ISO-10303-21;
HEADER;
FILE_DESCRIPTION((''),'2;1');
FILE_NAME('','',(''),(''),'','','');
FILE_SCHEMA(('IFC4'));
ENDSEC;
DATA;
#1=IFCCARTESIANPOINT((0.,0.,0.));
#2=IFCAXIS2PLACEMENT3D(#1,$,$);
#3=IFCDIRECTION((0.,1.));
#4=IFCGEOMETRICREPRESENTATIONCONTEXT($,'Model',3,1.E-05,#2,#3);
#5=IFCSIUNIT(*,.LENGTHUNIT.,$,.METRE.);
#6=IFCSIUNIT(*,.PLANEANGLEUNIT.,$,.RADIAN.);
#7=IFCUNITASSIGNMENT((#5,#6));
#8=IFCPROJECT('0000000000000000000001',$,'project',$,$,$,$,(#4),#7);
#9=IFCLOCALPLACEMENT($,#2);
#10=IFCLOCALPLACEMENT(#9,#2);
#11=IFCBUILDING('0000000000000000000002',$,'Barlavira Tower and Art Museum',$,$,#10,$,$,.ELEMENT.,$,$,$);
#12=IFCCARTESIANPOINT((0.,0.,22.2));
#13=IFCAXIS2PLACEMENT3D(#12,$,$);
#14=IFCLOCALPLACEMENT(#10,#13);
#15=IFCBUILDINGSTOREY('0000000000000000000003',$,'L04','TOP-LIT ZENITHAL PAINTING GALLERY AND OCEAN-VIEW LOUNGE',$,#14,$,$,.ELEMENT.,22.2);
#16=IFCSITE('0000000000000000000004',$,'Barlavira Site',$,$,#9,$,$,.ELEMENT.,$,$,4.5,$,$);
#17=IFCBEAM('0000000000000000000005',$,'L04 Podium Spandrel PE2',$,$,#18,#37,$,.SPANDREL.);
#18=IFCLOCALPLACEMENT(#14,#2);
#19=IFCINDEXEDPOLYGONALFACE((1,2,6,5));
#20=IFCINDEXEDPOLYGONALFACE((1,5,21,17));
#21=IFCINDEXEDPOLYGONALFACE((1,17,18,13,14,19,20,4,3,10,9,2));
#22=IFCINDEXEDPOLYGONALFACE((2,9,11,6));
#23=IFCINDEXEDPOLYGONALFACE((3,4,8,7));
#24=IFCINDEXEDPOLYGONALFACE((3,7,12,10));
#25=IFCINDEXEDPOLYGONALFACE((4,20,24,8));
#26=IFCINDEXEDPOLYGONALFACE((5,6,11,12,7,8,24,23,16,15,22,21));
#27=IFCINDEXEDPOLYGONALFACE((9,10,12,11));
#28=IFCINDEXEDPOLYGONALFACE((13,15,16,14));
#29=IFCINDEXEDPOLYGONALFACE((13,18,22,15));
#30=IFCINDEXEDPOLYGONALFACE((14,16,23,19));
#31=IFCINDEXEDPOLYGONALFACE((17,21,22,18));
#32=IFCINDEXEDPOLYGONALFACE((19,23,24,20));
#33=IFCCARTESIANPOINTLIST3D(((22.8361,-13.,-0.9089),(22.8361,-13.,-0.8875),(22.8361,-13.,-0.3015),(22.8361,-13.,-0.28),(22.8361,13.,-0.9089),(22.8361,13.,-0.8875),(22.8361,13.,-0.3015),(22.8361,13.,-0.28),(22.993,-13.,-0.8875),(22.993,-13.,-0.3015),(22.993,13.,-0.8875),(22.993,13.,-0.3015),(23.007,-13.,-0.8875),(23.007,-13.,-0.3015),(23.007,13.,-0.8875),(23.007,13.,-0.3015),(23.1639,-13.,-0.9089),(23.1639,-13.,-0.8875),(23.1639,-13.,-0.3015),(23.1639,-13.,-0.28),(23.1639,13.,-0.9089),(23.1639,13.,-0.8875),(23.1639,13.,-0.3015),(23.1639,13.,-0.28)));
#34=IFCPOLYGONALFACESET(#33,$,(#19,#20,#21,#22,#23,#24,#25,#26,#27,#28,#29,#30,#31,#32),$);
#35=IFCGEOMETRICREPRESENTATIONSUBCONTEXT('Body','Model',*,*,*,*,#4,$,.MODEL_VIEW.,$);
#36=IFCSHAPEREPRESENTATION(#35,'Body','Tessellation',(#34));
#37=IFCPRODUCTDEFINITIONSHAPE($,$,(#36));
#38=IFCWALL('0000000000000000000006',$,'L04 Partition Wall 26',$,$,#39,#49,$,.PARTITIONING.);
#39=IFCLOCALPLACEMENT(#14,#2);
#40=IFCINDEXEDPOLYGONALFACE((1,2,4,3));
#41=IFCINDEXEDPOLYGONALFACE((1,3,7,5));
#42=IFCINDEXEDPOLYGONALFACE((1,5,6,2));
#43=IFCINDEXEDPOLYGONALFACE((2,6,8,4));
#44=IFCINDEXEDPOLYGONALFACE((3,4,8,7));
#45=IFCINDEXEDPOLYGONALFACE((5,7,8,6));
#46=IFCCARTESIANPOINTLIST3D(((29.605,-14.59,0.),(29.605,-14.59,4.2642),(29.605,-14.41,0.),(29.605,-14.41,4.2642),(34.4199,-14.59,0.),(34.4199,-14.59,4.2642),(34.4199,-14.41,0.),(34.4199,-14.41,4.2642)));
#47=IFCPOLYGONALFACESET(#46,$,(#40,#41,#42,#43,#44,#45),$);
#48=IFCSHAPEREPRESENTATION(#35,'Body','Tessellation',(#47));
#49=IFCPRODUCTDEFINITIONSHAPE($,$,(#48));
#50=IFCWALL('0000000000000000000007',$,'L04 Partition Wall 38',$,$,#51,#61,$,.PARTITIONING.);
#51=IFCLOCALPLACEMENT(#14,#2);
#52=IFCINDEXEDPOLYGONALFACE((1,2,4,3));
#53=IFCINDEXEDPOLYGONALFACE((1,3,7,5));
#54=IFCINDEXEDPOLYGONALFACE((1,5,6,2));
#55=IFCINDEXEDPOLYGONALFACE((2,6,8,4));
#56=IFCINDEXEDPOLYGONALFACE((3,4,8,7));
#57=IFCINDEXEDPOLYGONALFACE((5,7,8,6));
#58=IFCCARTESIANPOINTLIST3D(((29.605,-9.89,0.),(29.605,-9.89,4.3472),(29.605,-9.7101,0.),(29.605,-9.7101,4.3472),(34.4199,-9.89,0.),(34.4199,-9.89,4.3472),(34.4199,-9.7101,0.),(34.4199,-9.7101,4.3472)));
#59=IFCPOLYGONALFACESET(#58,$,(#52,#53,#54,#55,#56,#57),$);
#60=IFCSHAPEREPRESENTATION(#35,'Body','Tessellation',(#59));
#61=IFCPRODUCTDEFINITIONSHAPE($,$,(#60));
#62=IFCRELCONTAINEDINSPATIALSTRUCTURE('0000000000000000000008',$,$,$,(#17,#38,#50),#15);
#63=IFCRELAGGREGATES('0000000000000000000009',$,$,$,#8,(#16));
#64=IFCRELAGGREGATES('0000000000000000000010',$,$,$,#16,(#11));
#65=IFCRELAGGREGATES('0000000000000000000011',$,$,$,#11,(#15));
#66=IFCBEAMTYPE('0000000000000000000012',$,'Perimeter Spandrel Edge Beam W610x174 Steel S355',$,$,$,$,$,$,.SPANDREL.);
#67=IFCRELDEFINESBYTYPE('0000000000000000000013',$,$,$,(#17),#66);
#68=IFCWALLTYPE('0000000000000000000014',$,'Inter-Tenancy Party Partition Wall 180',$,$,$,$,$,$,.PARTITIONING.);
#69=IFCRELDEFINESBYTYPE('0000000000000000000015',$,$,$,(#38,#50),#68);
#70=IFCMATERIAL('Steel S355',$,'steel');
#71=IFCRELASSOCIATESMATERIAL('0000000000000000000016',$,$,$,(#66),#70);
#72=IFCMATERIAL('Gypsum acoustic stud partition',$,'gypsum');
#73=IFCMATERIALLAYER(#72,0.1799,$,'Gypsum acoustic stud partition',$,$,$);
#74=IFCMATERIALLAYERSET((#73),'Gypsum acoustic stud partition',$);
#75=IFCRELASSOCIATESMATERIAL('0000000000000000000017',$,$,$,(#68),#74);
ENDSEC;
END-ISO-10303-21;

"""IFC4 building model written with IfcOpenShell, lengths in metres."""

from ifc_helpers import new_model, si_unit, direction, frame, frame_2d, origin, origin_2d, place, context, subcontext, project, spatial, rectangle, i_section, extrude, material, layer, layer_set, material_profile, profile_set, type_object, element, save


model = new_model("IFC4")

# Units and contexts
model_context = context("Model", 3, precision=1e-05, world=origin(), true_north=direction((0.0, 1.0)))
body_context = subcontext(model_context, "Body", "Model", "MODEL_VIEW")
ifc_project = project(units=[si_unit("LENGTHUNIT", "METRE"), si_unit("PLANEANGLEUNIT", "RADIAN")], contexts=[model_context])

# Site, building, storey
site_placement = place(None, origin())
site = spatial("IfcSite", under=ifc_project, at=site_placement, Name="Barlavira Site", CompositionType="ELEMENT", RefElevation=4.5)
building_placement = place(site_placement, origin())
building = spatial("IfcBuilding", under=site, at=building_placement, Name="Barlavira Tower and Art Museum", CompositionType="ELEMENT")
storey_placement = place(building_placement, frame((0.0, 0.0, 22.2)))
storey = spatial("IfcBuildingStorey", under=building, at=storey_placement, Name="L04", Description="TOP-LIT ZENITHAL PAINTING GALLERY AND OCEAN-VIEW LOUNGE", CompositionType="ELEMENT", Elevation=22.2)

# Beam
ifc_material_1 = material(Name="Steel S355", Category="steel")
ifc_material_profile_1 = material_profile(ifc_material_1, i_section(OverallWidth=0.3279, OverallDepth=0.6289, WebThickness=0.0139, FlangeThickness=0.0215, at=origin_2d()), Name="W610x174.0")
ifc_profile_set_1 = profile_set([ifc_material_profile_1], Name="Steel S355")
beam_type_1 = type_object("IfcBeamType", Name="Perimeter Spandrel Edge Beam W610x174 Steel S355", PredefinedType="SPANDREL", material=ifc_profile_set_1)
beam_1_placement = place(storey_placement, frame((23.0, -13.0, -0.5945), z_axis=(0.0, 1.0, 0.0), x_axis=(-1.0, 0.0, 0.0)))
element("IfcBeam", 1, at=beam_1_placement, inside=storey, type_object=beam_type_1, Name="L04 Podium Spandrel PE2", PredefinedType="SPANDREL", context=body_context, shape_type="SweptSolid", body=[
    extrude(i_section(OverallWidth=0.3279, OverallDepth=0.6289, WebThickness=0.0139, FlangeThickness=0.0215, at=origin_2d()), origin(), (0.0, 0.0, 1.0), 26.0),
])

# Walls
ifc_material_2 = material(Name="Gypsum acoustic stud partition", Category="gypsum")
ifc_layer = layer(ifc_material_2, 0.1799, Name="Gypsum acoustic stud partition")
ifc_layer_set = layer_set([ifc_layer], Name="Gypsum acoustic stud partition")
wall_type = type_object("IfcWallType", Name="Inter-Tenancy Party Partition Wall 180", PredefinedType="PARTITIONING", material=ifc_layer_set)
wall_1_placement = place(storey_placement, frame((29.605, -14.5, 0.0), z_axis=(0.0, 0.0, 1.0), x_axis=(1.0, 0.0, 0.0)))
element("IfcWall", 2, at=wall_1_placement, inside=storey, type_object=wall_type, Name="L04 Partition Wall 26", PredefinedType="PARTITIONING", context=body_context, shape_type="SweptSolid", body=[
    extrude(rectangle(XDim=4.8149, YDim=0.1799, at=frame_2d((2.4075, 0.0))), origin(), (0.0, 0.0, 1.0), 4.2642),
])
wall_2_placement = place(storey_placement, frame((29.605, -9.8, 0.0), z_axis=(0.0, 0.0, 1.0), x_axis=(1.0, 0.0, 0.0)))
element("IfcWall", 3, at=wall_2_placement, inside=storey, type_object=wall_type, Name="L04 Partition Wall 38", PredefinedType="PARTITIONING", context=body_context, shape_type="SweptSolid", body=[
    extrude(rectangle(XDim=4.8149, YDim=0.1799, at=frame_2d((2.4075, 0.0))), origin(), (0.0, 0.0, 1.0), 4.3472),
])

save(model, "model.ifc")
